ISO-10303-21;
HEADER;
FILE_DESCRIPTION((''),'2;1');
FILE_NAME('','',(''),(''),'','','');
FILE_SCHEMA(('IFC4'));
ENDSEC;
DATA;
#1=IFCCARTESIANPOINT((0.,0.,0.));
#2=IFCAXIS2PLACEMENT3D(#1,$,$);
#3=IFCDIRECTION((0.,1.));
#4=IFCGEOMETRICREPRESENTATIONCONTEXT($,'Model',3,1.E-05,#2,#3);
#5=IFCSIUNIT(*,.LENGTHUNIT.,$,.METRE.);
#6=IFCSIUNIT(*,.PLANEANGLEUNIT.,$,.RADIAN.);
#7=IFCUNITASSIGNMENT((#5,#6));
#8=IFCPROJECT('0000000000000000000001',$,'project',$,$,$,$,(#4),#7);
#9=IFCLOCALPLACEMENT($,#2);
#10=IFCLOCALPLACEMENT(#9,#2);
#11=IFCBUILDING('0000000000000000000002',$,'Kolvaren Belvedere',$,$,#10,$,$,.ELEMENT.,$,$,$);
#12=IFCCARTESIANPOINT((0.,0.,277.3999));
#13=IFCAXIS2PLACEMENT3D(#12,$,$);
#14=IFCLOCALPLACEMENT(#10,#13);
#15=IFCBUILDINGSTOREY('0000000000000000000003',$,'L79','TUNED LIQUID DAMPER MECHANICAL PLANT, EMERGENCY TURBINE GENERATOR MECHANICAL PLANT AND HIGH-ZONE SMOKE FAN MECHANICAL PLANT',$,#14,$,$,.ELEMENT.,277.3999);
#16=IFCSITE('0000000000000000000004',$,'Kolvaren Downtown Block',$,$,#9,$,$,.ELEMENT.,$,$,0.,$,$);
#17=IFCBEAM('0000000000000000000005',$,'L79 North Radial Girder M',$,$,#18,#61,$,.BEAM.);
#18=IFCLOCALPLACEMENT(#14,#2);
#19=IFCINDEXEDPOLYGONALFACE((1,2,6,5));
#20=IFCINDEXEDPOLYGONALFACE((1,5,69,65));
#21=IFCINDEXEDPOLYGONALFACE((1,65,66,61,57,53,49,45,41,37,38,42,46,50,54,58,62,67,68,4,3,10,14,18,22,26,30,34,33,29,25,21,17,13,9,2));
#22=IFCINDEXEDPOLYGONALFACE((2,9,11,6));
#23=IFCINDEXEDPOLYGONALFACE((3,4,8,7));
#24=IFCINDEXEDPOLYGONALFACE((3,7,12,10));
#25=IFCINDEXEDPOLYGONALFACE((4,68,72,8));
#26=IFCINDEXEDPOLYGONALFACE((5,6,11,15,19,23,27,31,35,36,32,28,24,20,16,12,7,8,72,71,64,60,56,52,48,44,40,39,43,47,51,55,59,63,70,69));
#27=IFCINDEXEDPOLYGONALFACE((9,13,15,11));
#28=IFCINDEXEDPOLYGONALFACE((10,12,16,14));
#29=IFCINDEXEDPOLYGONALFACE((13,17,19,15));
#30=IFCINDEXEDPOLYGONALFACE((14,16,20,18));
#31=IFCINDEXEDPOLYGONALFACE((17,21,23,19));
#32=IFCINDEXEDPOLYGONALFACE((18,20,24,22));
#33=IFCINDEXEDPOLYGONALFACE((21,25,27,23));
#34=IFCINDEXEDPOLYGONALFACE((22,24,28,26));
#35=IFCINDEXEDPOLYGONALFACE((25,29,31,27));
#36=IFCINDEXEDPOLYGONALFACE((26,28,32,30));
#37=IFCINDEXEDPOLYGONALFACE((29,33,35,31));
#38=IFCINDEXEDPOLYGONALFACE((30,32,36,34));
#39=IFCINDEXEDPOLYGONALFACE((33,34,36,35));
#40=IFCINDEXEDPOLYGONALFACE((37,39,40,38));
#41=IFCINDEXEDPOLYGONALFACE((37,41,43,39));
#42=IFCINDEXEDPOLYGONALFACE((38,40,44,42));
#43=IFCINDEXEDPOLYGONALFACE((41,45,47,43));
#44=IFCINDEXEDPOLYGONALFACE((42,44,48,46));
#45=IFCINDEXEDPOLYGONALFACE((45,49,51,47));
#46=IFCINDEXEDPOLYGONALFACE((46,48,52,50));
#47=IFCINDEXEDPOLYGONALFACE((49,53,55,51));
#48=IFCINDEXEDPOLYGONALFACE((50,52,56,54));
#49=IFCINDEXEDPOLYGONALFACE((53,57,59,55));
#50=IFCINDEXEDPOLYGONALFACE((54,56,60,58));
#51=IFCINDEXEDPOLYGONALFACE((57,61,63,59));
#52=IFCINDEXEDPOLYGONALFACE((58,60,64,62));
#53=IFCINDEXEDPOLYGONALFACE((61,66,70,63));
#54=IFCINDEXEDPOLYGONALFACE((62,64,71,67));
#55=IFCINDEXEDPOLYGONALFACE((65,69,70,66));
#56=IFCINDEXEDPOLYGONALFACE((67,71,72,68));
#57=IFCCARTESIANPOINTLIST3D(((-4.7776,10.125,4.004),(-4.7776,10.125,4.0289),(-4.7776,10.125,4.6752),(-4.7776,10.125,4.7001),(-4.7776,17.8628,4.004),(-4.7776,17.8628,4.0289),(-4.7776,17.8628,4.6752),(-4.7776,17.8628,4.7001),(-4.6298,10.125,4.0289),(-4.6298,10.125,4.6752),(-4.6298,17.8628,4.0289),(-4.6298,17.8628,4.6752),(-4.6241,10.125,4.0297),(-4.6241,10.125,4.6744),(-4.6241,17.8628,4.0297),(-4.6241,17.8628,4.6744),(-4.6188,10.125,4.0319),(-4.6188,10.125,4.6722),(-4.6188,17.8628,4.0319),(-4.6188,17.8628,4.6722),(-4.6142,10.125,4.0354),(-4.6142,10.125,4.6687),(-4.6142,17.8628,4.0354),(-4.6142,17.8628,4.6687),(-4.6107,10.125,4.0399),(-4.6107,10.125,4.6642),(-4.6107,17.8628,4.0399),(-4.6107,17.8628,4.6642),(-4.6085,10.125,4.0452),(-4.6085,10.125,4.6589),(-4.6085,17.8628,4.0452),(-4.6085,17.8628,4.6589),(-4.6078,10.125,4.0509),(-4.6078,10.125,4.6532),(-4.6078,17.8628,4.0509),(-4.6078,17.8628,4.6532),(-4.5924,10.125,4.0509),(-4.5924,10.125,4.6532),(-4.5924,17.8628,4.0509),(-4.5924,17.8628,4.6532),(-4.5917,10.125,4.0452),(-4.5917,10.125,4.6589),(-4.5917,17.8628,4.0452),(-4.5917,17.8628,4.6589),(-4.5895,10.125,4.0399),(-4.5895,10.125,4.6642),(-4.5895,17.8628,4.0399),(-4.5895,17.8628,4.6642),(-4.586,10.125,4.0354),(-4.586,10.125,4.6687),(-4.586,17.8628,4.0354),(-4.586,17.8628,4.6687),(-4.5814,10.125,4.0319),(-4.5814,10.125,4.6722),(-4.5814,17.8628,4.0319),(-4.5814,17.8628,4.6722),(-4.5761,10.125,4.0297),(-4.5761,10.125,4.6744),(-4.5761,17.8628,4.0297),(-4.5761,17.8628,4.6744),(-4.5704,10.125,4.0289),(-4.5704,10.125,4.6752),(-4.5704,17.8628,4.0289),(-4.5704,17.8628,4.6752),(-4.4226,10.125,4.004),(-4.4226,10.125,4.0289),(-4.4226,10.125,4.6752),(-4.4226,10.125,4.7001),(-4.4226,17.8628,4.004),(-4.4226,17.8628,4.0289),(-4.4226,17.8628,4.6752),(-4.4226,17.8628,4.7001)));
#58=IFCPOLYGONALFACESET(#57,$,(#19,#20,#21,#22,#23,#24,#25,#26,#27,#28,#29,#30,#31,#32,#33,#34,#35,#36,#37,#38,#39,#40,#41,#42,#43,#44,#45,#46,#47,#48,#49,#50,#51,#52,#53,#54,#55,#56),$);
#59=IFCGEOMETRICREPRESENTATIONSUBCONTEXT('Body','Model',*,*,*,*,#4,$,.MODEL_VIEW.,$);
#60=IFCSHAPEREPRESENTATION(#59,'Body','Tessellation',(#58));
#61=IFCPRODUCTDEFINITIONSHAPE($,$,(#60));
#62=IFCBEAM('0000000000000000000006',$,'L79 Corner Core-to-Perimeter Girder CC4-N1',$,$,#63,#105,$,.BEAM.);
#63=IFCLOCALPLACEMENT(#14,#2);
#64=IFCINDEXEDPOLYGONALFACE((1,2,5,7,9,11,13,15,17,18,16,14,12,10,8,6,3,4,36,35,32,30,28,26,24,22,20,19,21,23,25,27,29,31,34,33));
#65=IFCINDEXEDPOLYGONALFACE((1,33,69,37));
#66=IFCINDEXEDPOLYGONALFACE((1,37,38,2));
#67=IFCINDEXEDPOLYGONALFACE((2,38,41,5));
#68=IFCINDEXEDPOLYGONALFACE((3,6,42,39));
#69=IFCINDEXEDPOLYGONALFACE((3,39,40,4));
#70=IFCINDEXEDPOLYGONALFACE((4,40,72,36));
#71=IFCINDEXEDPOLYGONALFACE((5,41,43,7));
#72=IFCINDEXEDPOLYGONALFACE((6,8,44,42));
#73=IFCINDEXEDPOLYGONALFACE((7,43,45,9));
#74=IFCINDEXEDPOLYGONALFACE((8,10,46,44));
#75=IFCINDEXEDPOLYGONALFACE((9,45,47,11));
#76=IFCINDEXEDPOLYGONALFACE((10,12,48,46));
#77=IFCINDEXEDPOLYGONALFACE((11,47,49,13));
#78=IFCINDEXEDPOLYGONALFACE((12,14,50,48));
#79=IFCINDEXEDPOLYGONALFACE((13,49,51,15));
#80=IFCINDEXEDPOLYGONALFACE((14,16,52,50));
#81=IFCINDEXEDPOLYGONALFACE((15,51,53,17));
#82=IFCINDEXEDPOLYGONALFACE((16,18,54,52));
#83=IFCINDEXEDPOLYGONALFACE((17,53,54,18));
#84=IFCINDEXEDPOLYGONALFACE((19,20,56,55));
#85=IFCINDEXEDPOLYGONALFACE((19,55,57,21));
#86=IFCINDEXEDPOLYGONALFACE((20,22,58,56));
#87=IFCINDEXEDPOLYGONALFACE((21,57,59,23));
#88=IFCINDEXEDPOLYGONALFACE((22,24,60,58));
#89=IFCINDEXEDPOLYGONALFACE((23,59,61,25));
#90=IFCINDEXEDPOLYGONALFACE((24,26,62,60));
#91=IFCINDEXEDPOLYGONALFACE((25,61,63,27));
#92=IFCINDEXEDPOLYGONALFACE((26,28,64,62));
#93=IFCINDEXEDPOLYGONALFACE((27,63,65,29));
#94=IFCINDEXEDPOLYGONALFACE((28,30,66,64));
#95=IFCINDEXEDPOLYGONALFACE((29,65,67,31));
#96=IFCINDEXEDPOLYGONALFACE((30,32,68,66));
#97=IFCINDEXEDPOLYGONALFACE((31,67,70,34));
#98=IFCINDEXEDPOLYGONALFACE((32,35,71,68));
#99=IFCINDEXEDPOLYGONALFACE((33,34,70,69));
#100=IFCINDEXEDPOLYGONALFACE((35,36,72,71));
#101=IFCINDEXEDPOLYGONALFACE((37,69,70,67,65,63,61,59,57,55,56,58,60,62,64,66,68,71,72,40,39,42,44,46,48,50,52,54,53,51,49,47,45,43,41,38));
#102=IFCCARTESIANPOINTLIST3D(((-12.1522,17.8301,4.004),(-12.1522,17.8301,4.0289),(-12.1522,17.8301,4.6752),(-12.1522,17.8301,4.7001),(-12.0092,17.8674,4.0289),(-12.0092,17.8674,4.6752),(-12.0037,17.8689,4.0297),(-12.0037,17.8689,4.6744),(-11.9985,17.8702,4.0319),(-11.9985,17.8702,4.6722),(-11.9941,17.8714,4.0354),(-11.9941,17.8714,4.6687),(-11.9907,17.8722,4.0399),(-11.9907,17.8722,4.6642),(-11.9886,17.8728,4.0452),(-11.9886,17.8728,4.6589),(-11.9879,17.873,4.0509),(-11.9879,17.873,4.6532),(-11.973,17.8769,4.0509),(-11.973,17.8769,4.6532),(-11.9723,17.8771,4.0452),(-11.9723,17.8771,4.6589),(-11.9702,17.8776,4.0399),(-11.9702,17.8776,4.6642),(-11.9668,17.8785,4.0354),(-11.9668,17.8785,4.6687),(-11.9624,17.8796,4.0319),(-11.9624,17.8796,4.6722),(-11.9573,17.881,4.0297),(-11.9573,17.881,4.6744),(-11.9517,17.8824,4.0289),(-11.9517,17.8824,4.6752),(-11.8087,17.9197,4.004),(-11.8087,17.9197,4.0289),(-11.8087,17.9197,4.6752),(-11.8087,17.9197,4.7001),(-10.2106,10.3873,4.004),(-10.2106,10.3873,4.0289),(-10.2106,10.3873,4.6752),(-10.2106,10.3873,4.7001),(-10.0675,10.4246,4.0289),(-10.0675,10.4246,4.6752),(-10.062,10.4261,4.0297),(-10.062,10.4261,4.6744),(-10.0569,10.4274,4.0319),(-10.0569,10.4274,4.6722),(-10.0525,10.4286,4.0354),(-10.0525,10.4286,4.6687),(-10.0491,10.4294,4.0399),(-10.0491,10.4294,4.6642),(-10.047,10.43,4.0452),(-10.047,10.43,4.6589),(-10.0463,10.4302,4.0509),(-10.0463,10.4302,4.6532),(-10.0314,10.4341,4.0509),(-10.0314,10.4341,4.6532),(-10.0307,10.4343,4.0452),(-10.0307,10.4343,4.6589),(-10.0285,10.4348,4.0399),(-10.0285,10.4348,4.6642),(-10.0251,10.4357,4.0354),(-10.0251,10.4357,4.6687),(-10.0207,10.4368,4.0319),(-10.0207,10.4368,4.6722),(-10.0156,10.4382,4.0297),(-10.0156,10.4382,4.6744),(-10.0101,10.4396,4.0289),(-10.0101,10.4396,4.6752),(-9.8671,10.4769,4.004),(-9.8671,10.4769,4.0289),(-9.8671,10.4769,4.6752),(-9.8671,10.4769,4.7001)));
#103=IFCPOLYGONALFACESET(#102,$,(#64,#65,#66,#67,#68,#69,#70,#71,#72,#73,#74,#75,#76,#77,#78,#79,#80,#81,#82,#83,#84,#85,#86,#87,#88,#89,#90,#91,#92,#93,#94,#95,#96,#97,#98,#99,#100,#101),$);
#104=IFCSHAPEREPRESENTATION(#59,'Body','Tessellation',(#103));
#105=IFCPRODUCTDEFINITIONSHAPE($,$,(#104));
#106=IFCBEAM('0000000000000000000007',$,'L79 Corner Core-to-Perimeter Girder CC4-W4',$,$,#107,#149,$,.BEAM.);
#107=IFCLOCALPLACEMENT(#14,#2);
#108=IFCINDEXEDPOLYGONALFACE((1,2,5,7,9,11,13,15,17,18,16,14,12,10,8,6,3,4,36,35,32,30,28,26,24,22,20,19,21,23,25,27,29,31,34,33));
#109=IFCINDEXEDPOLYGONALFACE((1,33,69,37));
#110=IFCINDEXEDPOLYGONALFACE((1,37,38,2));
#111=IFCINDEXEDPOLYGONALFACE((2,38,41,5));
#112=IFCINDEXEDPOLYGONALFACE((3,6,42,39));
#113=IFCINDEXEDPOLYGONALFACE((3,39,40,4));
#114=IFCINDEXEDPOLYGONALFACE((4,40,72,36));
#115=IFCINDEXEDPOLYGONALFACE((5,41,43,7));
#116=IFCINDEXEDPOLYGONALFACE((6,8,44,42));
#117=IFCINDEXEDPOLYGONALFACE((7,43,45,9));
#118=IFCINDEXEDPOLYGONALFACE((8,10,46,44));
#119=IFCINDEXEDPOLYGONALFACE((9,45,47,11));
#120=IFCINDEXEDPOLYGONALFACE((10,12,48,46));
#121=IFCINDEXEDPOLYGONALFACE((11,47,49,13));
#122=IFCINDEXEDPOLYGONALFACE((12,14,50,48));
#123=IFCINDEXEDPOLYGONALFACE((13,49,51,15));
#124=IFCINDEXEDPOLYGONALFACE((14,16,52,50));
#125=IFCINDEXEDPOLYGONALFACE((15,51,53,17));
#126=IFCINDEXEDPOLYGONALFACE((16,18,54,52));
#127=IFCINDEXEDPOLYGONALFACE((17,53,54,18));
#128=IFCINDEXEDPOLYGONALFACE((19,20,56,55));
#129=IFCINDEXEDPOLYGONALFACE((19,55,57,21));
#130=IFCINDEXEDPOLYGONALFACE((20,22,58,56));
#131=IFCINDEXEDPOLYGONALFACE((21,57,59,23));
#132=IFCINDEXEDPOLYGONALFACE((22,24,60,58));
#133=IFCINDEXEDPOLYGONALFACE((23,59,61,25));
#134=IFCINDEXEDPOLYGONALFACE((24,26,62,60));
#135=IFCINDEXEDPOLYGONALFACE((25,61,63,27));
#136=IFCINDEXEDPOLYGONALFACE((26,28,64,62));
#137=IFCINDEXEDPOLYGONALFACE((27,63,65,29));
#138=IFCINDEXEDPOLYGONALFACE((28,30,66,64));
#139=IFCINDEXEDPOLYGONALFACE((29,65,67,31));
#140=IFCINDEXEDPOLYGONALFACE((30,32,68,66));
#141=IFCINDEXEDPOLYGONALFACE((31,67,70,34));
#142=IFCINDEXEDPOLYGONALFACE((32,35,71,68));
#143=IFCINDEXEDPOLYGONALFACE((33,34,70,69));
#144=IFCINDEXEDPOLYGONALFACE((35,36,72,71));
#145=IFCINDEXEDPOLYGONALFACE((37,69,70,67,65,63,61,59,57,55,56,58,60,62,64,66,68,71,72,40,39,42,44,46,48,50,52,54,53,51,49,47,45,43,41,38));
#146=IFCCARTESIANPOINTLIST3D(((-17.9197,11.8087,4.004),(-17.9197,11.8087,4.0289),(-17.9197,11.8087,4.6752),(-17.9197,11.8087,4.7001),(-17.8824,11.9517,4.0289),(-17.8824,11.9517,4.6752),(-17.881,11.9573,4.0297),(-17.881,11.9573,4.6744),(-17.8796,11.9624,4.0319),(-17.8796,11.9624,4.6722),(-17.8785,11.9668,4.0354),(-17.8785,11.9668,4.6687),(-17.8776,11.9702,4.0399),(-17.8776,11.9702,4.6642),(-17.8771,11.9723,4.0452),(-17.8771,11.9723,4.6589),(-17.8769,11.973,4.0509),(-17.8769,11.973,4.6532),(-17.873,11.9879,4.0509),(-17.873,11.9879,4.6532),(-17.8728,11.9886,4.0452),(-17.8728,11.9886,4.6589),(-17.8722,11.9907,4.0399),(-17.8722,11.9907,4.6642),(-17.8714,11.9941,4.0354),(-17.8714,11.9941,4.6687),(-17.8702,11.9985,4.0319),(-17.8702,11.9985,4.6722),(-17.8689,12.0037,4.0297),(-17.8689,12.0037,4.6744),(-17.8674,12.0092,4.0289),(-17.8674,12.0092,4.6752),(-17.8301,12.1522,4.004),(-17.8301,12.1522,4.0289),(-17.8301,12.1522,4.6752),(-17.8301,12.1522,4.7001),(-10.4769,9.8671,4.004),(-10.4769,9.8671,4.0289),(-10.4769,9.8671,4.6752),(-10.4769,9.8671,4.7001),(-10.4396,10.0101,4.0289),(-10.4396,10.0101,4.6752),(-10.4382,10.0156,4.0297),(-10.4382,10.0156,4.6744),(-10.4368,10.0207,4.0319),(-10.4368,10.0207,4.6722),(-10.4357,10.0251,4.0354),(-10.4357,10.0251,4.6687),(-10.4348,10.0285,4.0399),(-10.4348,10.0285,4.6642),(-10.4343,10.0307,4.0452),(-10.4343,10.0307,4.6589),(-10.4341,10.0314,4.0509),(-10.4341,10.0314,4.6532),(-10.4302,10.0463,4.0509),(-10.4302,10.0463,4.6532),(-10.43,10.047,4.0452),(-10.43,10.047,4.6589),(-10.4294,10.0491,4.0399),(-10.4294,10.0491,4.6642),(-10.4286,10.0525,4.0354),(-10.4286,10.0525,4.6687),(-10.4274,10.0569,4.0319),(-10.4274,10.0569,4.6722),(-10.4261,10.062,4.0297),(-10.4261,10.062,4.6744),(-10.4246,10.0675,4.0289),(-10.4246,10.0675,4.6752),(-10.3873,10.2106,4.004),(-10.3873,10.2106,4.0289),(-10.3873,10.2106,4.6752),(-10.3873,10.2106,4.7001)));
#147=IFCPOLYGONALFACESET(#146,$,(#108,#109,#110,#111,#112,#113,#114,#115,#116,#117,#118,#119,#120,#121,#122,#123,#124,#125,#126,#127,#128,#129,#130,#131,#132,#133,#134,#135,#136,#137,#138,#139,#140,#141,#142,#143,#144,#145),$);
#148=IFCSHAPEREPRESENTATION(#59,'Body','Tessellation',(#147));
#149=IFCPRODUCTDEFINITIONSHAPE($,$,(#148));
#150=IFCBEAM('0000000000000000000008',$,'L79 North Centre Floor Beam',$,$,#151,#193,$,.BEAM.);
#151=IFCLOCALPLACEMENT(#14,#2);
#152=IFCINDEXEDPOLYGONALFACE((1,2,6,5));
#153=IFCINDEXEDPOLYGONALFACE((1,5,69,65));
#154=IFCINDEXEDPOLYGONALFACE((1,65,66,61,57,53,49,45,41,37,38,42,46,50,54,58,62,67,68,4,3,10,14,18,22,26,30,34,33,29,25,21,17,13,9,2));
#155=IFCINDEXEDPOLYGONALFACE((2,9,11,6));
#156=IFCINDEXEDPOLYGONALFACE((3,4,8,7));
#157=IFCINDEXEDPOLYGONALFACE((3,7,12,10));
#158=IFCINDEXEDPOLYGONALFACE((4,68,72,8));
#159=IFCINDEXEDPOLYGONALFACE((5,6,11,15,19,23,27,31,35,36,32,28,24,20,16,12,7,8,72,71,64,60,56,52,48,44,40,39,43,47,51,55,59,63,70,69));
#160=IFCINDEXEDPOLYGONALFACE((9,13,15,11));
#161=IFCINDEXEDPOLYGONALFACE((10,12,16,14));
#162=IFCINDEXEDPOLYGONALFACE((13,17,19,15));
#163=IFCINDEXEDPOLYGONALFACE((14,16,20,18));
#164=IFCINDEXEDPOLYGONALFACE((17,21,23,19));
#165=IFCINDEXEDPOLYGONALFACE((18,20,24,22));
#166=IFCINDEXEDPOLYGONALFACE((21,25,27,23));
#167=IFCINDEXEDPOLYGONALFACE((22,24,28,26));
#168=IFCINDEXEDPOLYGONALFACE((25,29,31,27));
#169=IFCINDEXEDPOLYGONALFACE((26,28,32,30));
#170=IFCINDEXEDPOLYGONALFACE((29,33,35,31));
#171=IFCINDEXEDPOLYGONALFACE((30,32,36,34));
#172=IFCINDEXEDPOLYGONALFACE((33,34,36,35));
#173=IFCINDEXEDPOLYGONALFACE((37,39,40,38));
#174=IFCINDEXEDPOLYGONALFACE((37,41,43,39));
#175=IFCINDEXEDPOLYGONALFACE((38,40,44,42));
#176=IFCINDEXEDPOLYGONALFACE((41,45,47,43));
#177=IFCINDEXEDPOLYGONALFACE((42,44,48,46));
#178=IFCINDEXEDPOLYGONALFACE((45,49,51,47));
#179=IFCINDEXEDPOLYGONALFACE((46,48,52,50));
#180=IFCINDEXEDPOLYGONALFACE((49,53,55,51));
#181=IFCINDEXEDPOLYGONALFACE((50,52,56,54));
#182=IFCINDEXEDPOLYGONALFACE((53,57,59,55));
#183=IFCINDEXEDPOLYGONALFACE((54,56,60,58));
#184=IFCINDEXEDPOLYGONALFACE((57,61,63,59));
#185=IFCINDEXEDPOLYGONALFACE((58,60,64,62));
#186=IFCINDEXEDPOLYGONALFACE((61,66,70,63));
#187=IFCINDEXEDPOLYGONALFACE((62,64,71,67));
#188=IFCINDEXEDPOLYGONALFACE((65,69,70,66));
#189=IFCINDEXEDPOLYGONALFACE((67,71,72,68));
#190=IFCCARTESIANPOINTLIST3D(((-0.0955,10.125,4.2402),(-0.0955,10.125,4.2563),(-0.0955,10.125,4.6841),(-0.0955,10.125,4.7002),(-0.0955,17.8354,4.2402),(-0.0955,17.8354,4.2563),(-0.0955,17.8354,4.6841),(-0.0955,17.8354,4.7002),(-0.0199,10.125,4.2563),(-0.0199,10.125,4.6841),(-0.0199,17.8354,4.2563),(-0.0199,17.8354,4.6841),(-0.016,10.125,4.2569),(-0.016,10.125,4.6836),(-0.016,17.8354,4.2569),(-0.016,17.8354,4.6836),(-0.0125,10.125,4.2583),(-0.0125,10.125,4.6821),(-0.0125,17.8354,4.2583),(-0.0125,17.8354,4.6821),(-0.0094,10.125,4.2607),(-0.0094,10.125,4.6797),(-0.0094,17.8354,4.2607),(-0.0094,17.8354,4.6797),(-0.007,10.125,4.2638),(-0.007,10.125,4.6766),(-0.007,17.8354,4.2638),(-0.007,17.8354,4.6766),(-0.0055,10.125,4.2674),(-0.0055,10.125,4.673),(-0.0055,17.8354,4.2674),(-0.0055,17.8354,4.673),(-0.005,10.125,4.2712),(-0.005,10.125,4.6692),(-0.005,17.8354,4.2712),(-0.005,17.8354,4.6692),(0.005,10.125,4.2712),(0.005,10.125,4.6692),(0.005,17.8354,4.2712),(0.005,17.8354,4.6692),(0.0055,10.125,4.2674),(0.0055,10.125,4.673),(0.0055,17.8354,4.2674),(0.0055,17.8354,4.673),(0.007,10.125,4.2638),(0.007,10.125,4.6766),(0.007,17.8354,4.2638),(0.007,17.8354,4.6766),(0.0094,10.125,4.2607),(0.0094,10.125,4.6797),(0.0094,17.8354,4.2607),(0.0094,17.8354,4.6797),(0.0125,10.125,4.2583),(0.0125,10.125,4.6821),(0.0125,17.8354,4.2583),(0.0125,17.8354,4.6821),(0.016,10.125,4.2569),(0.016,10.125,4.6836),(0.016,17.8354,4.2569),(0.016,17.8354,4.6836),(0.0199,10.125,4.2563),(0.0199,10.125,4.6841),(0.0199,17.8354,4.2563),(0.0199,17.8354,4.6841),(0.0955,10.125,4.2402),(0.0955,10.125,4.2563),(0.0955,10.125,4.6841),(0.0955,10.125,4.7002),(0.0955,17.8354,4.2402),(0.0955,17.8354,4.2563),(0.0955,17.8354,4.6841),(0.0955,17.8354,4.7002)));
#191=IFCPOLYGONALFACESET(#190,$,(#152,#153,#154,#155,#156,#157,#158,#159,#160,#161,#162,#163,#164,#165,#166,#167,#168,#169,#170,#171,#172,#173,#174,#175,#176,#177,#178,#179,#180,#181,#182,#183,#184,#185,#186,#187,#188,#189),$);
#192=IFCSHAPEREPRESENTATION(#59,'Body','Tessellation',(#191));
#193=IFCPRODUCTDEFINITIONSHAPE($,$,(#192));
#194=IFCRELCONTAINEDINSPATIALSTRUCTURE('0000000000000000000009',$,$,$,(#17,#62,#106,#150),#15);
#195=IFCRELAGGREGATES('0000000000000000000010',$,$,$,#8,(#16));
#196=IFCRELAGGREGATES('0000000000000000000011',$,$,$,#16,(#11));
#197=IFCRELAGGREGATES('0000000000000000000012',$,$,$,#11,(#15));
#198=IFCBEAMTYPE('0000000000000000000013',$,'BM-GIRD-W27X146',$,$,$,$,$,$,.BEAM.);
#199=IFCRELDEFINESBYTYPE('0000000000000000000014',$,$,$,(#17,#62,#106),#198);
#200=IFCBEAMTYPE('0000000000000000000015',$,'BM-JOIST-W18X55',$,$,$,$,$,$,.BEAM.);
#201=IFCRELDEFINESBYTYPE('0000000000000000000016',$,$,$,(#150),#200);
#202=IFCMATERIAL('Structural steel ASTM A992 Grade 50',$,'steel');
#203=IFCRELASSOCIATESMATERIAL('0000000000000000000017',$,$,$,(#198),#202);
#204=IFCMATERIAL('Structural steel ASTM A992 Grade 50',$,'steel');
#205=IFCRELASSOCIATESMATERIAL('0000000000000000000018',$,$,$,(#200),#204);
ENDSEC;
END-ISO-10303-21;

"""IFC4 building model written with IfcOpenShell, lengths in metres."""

from ifc_helpers import new_model, si_unit, direction, frame, origin, origin_2d, place, context, subcontext, project, spatial, i_section, extrude, material, material_profile, profile_set, type_object, element, save


model = new_model("IFC4")

# Units and contexts
model_context = context("Model", 3, precision=1e-05, world=origin(), true_north=direction((0.0, 1.0)))
body_context = subcontext(model_context, "Body", "Model", "MODEL_VIEW")
ifc_project = project(units=[si_unit("LENGTHUNIT", "METRE"), si_unit("PLANEANGLEUNIT", "RADIAN")], contexts=[model_context])

# Site, building, storey
site_placement = place(None, origin())
site = spatial("IfcSite", under=ifc_project, at=site_placement, Name="Kolvaren Downtown Block", CompositionType="ELEMENT", RefElevation=0.0)
building_placement = place(site_placement, origin())
building = spatial("IfcBuilding", under=site, at=building_placement, Name="Kolvaren Belvedere", CompositionType="ELEMENT")
storey_placement = place(building_placement, frame((0.0, 0.0, 277.3999)))
storey = spatial("IfcBuildingStorey", under=building, at=storey_placement, Name="L79", Description="TUNED LIQUID DAMPER MECHANICAL PLANT, EMERGENCY TURBINE GENERATOR MECHANICAL PLANT AND HIGH-ZONE SMOKE FAN MECHANICAL PLANT", CompositionType="ELEMENT", Elevation=277.3999)

# Beams
ifc_material_1 = material(Name="Structural steel ASTM A992 Grade 50", Category="steel")
ifc_material_profile_1 = material_profile(ifc_material_1, i_section(OverallWidth=0.355, OverallDepth=0.696, WebThickness=0.0154, FlangeThickness=0.0249, FilletRadius=0.022, at=origin_2d()), Name="W27X146")
ifc_profile_set_1 = profile_set([ifc_material_profile_1], Name="Structural steel ASTM A992 Grade 50")
beam_type_1 = type_object("IfcBeamType", Name="BM-GIRD-W27X146", PredefinedType="BEAM", material=ifc_profile_set_1)
beam_1_placement = place(storey_placement, frame((-4.6001, 10.125, 4.3521), z_axis=(0.0, 1.0, 0.0), x_axis=(-1.0, 0.0, 0.0)))
element("IfcBeam", 1, at=beam_1_placement, inside=storey, type_object=beam_type_1, Name="L79 North Radial Girder M", PredefinedType="BEAM", context=body_context, shape_type="SweptSolid", body=[
    extrude(i_section(OverallWidth=0.355, OverallDepth=0.696, WebThickness=0.0154, FlangeThickness=0.0249, FilletRadius=0.022, at=origin_2d()), origin(), (0.0, 0.0, 1.0), 7.7378),
])
for number, where, z_axis, x_axis, name in (
    (2, (-10.0388, 10.4321, 4.3521), (-0.252426, 0.967616, 0.0), (-0.967616, -0.252426, 0.0), "L79 Corner Core-to-Perimeter Girder CC4-N1"),
    (3, (-10.4321, 10.0388, 4.3521), (-0.967616, 0.252426, 0.0), (-0.252426, -0.967616, 0.0), "L79 Corner Core-to-Perimeter Girder CC4-W4"),
):
    element("IfcBeam", number, at=place(storey_placement, frame(where, z_axis=z_axis, x_axis=x_axis)), inside=storey, type_object=beam_type_1, Name=name, PredefinedType="BEAM", context=body_context, shape_type="SweptSolid", body=[
        extrude(i_section(OverallWidth=0.355, OverallDepth=0.696, WebThickness=0.0154, FlangeThickness=0.0249, FilletRadius=0.022, at=origin_2d()), origin(), (0.0, 0.0, 1.0), 7.6919),
    ])
ifc_material_2 = material(Name="Structural steel ASTM A992 Grade 50", Category="steel")
ifc_material_profile_2 = material_profile(ifc_material_2, i_section(OverallWidth=0.1909, OverallDepth=0.46, WebThickness=0.01, FlangeThickness=0.0161, FilletRadius=0.0149, at=origin_2d()), Name="W18X55")
ifc_profile_set_2 = profile_set([ifc_material_profile_2], Name="Structural steel ASTM A992 Grade 50")
beam_type_2 = type_object("IfcBeamType", Name="BM-JOIST-W18X55", PredefinedType="BEAM", material=ifc_profile_set_2)
beam_2_placement = place(storey_placement, frame((0.0, 10.125, 4.4702), z_axis=(0.0, 1.0, 0.0), x_axis=(-1.0, 0.0, 0.0)))
element("IfcBeam", 4, at=beam_2_placement, inside=storey, type_object=beam_type_2, Name="L79 North Centre Floor Beam", PredefinedType="BEAM", context=body_context, shape_type="SweptSolid", body=[
    extrude(i_section(OverallWidth=0.1909, OverallDepth=0.46, WebThickness=0.01, FlangeThickness=0.0161, FilletRadius=0.0149, at=origin_2d()), origin(), (0.0, 0.0, 1.0), 7.7104),
])

save(model, "model.ifc")
